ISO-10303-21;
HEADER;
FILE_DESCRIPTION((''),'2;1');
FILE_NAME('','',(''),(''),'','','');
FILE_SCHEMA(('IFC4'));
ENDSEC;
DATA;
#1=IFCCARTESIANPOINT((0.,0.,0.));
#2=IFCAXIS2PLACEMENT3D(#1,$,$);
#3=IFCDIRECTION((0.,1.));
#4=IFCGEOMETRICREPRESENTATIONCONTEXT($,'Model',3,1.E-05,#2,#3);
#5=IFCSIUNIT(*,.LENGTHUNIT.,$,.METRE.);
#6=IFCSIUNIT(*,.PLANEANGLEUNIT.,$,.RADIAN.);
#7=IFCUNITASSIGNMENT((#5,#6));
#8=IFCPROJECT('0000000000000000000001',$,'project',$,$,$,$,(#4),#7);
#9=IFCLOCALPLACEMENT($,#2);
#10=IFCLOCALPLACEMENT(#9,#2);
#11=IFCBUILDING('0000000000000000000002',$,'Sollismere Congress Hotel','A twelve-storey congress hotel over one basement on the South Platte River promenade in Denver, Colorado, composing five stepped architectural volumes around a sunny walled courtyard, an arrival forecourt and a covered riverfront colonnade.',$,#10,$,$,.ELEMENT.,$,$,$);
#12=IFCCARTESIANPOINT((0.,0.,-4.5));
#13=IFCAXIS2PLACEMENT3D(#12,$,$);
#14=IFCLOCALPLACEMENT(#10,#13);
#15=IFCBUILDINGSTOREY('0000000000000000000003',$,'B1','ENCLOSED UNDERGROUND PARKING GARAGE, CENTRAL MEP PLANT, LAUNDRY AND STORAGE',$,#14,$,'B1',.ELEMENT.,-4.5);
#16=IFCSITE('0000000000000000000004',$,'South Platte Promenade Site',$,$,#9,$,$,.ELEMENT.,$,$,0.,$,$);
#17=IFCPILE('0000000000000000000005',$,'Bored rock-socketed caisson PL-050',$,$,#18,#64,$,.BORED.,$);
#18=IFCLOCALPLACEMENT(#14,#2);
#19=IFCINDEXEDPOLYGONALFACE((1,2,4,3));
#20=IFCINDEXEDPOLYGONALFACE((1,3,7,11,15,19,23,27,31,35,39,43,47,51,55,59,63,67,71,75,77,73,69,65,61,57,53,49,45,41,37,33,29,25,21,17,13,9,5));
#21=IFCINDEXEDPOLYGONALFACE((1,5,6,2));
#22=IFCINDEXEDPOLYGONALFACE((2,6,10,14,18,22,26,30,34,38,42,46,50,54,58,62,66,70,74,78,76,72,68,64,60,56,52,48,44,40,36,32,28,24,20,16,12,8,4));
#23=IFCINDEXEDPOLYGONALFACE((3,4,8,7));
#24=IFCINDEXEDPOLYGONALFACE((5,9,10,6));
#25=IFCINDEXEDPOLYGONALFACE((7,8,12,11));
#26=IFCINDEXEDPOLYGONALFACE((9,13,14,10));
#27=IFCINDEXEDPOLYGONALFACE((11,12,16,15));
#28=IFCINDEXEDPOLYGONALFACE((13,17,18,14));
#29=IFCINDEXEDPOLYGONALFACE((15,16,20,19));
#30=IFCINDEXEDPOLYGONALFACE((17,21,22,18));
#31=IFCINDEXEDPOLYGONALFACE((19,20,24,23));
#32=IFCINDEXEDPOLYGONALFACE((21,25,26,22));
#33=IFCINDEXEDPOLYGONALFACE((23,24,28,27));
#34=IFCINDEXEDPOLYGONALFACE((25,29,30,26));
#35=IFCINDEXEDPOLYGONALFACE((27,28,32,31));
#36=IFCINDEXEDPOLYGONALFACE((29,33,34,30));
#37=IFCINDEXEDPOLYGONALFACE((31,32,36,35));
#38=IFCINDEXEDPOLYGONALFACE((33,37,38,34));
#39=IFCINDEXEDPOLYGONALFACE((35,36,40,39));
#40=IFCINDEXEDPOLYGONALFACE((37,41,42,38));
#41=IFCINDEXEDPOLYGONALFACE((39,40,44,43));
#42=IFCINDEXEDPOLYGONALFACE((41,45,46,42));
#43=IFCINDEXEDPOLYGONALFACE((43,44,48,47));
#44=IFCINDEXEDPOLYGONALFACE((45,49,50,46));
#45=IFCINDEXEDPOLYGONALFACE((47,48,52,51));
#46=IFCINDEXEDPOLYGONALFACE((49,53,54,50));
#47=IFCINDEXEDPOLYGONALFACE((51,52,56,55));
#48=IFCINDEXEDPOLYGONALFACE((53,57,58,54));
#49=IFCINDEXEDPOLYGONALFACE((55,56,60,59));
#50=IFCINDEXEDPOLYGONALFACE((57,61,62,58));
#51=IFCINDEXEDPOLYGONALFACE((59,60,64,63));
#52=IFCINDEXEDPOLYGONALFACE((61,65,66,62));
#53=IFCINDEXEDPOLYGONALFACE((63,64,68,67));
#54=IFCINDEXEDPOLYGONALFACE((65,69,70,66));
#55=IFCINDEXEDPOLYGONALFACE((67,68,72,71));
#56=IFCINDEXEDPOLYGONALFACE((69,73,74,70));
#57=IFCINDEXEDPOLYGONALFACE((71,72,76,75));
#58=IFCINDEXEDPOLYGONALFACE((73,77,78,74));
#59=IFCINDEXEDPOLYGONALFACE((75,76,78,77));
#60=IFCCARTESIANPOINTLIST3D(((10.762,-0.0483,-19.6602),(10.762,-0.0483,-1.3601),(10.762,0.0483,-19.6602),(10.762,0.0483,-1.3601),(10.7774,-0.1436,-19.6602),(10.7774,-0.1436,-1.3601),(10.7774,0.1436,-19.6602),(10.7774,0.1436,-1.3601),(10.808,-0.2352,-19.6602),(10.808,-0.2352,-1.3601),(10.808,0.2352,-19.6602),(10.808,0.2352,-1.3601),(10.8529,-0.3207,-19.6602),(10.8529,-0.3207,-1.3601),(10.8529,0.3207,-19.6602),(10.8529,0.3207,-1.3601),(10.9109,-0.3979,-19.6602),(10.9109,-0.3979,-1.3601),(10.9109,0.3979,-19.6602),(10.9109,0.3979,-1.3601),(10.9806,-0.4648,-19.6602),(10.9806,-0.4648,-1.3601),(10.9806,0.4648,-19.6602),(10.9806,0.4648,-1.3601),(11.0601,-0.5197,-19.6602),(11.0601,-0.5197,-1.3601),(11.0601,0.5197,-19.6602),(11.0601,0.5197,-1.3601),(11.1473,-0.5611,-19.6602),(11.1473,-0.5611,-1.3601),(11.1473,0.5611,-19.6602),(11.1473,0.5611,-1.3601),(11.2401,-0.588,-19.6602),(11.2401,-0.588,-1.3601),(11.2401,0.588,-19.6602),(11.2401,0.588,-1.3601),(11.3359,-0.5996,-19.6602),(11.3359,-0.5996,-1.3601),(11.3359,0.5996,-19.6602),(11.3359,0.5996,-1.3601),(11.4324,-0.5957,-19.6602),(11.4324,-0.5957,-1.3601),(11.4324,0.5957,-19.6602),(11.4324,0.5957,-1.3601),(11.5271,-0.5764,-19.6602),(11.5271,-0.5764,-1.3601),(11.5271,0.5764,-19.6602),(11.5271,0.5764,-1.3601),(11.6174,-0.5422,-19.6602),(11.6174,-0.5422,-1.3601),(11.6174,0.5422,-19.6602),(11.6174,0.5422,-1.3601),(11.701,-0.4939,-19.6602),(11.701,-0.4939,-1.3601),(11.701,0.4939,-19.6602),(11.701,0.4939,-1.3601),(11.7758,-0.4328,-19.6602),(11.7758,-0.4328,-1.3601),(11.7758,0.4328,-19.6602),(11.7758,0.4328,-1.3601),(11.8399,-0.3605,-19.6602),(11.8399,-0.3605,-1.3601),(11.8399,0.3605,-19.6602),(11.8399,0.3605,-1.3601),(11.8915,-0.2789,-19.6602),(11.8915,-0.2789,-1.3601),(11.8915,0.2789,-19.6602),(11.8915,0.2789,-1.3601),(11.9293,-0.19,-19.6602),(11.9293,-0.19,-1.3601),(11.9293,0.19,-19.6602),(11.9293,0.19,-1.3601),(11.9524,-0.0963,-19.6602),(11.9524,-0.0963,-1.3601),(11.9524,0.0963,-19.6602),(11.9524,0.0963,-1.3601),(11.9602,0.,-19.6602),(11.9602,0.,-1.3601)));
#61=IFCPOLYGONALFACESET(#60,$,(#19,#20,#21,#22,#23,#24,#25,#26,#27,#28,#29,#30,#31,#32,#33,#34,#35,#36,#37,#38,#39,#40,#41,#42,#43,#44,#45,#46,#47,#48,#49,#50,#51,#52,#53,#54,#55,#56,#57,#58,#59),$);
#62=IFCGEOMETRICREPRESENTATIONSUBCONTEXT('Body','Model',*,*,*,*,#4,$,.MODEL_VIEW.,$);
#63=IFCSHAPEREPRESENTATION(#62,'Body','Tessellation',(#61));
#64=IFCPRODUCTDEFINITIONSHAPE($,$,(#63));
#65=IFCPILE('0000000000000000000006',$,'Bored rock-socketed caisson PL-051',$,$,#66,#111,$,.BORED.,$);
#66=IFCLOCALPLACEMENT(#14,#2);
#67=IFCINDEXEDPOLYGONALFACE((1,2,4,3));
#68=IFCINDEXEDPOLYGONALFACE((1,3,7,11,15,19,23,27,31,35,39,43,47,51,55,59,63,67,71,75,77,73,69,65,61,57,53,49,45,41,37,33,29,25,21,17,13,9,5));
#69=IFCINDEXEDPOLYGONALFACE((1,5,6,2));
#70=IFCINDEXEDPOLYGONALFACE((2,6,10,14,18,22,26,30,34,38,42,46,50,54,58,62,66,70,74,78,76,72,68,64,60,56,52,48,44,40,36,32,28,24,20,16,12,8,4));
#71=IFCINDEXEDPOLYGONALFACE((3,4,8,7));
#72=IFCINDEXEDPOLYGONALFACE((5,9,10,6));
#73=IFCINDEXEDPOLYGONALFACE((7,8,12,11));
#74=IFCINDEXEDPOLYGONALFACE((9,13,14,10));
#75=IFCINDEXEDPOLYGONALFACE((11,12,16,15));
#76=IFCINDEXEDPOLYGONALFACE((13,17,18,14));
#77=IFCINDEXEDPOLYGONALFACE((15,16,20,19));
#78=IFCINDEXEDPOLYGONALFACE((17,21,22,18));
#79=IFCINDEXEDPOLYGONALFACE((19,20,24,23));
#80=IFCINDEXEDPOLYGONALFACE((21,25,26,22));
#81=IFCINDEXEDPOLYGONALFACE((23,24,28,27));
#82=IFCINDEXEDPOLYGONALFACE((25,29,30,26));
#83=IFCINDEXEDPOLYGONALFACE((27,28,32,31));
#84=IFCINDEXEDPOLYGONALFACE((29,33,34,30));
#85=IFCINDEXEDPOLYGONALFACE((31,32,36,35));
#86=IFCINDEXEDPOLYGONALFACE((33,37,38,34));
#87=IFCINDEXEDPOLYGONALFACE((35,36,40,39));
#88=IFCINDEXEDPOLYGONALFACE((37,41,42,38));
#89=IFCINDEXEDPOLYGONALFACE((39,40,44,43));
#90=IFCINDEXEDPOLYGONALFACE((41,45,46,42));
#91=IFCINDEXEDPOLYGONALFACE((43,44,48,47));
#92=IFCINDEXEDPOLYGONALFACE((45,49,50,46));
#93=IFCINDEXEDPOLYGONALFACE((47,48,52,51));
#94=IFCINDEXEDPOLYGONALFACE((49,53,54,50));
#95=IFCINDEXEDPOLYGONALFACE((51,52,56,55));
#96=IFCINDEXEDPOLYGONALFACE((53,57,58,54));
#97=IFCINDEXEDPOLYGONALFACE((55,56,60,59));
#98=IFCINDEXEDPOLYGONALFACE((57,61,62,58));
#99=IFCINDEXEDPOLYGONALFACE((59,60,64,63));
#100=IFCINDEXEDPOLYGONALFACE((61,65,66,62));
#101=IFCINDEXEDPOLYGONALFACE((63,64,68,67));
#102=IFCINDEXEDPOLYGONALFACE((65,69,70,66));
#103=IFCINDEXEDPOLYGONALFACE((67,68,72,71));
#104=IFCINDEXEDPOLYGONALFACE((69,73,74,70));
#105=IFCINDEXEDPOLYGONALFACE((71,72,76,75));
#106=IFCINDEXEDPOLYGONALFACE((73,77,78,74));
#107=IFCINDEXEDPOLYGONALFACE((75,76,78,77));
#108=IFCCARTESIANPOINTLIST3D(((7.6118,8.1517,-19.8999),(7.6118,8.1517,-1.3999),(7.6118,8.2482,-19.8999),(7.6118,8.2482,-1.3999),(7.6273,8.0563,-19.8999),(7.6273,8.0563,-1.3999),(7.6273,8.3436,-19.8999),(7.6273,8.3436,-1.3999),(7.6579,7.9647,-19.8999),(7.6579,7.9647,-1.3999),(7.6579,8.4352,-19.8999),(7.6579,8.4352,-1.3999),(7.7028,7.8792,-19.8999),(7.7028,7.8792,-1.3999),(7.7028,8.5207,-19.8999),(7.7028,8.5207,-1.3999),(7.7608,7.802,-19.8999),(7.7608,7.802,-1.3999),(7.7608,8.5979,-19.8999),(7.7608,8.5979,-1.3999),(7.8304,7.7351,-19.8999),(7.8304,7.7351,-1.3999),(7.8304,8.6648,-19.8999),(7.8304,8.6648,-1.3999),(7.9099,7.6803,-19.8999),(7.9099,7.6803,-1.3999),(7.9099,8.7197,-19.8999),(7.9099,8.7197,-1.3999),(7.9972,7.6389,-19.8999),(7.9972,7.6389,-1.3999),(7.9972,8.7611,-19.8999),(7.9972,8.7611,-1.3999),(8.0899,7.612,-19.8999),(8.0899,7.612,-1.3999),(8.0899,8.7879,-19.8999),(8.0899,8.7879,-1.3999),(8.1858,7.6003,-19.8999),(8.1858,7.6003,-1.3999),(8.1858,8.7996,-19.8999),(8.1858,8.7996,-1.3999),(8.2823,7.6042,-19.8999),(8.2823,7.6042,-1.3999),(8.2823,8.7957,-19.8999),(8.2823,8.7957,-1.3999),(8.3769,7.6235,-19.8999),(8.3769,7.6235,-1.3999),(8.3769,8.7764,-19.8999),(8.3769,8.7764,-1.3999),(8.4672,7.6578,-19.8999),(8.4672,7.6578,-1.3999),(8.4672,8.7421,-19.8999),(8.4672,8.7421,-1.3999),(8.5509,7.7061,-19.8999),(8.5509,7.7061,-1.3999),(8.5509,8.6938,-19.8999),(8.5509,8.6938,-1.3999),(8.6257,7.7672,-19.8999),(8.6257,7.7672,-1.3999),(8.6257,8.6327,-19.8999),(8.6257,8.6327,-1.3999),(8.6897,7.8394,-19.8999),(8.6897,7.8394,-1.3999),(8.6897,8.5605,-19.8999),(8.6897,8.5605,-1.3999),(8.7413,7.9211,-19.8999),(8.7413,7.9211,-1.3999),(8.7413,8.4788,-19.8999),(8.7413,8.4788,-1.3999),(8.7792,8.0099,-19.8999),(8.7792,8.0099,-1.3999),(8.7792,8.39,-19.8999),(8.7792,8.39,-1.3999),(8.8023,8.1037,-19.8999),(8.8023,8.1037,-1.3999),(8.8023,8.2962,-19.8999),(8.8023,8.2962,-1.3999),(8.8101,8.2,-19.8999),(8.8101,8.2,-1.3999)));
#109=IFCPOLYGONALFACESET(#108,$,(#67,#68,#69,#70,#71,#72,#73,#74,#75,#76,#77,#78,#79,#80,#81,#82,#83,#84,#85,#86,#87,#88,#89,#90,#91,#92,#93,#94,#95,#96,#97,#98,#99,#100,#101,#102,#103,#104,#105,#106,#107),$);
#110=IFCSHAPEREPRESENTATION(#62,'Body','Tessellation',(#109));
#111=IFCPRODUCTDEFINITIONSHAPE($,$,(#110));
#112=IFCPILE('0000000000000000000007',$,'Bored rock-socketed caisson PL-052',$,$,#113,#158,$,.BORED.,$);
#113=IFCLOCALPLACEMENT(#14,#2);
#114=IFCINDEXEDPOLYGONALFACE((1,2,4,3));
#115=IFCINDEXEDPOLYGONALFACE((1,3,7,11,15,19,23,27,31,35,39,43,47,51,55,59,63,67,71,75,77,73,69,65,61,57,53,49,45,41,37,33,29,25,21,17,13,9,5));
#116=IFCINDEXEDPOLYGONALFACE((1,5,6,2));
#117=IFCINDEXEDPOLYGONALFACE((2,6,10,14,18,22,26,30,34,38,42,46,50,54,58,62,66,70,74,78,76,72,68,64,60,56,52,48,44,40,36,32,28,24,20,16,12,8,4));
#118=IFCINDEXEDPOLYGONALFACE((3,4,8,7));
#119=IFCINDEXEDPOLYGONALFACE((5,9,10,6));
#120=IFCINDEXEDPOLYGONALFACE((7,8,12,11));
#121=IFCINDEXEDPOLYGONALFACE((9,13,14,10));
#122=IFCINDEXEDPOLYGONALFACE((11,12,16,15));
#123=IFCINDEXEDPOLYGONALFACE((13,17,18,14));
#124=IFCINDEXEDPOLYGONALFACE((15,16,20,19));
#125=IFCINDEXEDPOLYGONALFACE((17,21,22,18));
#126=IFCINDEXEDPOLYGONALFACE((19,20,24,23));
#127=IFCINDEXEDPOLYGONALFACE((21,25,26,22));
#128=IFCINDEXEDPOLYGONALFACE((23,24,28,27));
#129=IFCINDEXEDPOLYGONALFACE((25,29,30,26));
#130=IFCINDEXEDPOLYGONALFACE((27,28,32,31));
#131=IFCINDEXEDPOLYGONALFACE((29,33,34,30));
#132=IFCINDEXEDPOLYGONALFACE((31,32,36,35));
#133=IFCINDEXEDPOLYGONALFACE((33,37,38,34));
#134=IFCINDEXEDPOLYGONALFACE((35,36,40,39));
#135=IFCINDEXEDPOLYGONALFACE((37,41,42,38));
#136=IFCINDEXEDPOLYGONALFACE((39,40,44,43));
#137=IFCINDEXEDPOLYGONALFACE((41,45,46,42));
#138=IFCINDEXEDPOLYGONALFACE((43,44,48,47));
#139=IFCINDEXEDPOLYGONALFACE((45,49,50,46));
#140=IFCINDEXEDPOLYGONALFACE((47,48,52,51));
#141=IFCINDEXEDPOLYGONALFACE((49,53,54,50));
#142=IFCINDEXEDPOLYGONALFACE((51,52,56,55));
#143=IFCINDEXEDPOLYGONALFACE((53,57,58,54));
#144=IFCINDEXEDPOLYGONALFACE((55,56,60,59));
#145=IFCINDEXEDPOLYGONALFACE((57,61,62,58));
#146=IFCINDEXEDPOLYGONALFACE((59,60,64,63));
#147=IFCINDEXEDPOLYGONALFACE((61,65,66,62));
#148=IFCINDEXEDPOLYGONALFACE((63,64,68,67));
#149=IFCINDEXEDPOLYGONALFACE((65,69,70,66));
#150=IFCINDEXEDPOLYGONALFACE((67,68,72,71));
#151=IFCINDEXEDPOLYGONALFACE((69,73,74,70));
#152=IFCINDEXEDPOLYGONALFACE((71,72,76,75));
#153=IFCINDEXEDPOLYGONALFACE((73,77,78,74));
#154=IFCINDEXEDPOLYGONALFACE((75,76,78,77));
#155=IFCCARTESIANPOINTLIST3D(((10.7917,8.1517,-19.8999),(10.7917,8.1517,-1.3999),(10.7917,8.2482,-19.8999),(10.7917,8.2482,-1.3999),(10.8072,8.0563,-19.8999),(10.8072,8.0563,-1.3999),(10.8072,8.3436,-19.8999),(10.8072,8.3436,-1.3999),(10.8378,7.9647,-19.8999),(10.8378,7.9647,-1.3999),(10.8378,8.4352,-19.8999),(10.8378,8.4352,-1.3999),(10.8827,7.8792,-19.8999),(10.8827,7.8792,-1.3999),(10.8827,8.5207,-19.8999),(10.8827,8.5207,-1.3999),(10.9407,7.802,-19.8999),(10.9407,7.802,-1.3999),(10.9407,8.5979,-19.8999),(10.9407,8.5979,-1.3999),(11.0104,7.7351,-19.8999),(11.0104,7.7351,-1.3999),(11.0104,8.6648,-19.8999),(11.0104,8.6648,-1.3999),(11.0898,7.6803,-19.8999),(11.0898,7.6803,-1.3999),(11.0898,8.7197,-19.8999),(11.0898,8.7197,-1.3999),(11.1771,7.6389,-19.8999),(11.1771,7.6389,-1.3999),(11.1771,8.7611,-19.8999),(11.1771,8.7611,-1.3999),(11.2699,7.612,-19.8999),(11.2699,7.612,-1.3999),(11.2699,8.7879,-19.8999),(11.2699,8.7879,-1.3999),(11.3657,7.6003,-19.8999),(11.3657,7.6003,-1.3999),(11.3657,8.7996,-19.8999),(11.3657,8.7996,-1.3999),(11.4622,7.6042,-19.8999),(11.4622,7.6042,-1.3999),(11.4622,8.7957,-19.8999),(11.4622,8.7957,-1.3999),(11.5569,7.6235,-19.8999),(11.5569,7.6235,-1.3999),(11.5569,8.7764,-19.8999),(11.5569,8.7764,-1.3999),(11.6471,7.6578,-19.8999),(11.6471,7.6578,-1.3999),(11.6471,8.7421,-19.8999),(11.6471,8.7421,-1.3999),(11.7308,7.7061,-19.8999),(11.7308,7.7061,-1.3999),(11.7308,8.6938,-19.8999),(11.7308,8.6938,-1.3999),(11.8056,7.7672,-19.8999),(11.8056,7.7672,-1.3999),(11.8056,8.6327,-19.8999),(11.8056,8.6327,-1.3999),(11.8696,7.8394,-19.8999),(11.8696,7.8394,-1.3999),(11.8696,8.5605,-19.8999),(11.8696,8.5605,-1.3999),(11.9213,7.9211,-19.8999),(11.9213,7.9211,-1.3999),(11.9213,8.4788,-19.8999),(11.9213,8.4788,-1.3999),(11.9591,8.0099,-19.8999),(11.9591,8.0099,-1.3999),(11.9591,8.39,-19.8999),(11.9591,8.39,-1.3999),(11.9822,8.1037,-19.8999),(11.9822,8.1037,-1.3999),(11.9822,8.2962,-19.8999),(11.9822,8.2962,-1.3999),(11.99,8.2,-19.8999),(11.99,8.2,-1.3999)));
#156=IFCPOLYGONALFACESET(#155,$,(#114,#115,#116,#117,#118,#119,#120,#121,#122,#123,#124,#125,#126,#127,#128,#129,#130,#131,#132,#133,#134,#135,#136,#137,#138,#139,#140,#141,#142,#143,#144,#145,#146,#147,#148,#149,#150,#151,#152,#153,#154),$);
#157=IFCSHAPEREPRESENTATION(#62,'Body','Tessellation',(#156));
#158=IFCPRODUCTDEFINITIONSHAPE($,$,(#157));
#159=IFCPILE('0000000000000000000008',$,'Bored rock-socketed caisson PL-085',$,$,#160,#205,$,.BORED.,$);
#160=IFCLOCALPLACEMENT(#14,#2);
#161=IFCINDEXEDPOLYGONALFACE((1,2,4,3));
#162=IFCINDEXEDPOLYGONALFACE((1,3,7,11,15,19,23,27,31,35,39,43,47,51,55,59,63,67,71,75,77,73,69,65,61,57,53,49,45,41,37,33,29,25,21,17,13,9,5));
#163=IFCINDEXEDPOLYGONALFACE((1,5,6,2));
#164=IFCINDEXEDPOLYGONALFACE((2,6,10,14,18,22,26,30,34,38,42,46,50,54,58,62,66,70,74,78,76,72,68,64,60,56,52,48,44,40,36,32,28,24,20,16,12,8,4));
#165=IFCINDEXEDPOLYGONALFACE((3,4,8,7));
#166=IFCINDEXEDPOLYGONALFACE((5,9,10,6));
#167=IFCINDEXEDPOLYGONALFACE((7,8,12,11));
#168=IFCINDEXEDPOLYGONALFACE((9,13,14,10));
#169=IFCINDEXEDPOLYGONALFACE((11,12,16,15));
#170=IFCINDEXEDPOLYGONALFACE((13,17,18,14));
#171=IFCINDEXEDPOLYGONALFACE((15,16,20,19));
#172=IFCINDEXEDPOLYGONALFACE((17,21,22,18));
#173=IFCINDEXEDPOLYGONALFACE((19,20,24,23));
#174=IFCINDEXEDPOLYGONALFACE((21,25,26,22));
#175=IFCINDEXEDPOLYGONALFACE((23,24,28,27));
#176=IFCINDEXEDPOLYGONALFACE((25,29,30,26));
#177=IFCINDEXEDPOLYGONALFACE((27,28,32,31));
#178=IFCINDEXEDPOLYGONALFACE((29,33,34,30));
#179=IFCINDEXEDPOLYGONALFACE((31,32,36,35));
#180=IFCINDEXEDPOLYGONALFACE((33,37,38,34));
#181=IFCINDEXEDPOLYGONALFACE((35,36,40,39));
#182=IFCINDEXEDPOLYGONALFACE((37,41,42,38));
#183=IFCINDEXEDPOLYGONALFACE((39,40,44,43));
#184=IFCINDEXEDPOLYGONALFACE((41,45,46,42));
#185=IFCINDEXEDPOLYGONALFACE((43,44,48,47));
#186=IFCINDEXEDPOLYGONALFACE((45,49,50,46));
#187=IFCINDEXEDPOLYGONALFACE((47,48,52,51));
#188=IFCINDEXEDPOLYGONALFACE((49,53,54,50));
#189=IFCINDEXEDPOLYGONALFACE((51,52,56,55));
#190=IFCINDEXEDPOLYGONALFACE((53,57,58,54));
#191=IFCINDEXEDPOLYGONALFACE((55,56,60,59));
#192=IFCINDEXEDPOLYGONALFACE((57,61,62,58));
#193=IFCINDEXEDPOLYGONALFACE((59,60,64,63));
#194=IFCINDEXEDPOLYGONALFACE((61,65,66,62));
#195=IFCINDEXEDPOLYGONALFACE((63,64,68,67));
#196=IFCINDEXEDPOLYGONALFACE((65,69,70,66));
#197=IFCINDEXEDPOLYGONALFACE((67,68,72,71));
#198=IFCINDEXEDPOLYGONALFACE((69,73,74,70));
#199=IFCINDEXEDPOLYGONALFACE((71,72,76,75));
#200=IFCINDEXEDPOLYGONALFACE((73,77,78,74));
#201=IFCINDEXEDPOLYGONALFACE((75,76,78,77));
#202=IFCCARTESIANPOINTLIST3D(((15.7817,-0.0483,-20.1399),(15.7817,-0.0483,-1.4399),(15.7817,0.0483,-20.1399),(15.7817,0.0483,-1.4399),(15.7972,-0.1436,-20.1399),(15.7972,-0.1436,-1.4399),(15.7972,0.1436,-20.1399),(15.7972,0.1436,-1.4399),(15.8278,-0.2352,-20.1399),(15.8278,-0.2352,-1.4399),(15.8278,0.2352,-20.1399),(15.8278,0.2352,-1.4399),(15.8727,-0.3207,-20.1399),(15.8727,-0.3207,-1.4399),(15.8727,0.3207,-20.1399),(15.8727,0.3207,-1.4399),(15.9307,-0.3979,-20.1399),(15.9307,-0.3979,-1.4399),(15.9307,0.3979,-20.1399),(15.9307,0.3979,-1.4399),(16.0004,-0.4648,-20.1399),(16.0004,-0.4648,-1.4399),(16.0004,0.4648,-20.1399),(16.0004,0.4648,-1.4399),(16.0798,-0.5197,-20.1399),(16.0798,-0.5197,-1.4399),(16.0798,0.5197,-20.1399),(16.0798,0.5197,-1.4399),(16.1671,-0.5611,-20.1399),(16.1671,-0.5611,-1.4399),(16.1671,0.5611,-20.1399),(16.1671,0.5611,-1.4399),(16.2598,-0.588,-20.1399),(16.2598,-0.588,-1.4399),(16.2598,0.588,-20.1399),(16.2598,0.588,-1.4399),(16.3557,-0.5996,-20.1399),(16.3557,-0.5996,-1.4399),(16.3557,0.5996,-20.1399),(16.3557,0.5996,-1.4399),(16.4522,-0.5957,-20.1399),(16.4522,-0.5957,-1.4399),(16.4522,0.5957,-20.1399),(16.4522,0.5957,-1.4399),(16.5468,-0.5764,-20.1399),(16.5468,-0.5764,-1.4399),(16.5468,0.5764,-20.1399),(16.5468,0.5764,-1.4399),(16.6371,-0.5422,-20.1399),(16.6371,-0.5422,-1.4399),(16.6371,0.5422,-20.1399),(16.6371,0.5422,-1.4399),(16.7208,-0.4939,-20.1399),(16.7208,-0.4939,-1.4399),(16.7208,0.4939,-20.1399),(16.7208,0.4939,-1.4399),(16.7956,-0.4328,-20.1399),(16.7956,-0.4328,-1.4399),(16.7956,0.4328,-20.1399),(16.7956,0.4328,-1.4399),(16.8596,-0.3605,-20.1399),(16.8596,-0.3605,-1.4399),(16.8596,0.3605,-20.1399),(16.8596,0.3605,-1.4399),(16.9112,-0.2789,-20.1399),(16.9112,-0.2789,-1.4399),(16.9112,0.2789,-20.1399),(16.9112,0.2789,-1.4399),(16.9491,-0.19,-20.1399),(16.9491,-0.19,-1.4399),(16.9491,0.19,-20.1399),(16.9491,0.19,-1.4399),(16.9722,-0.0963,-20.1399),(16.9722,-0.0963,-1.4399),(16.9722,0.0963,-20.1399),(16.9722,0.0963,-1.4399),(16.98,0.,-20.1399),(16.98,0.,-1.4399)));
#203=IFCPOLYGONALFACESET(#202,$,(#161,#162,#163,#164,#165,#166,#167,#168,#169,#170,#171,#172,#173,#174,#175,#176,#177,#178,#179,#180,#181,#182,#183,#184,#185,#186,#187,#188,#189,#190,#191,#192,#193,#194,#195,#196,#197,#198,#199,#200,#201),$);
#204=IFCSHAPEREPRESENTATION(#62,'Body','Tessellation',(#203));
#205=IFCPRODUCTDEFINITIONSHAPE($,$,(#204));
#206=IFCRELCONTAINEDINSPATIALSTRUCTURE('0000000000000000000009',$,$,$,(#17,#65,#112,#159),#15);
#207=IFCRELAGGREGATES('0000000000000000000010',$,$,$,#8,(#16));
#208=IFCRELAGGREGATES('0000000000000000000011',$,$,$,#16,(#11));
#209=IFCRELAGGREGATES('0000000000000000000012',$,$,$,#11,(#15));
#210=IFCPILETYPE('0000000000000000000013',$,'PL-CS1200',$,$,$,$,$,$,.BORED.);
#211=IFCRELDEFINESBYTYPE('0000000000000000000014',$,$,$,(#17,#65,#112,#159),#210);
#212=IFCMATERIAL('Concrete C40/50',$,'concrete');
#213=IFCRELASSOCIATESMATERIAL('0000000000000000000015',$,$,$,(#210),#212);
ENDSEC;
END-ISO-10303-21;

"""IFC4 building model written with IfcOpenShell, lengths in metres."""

from ifc_helpers import new_model, si_unit, direction, frame, origin, origin_2d, place, context, subcontext, project, spatial, circle, extrude, material, material_profile, profile_set, type_object, element, save


model = new_model("IFC4")

# Units and contexts
model_context = context("Model", 3, precision=1e-05, world=origin(), true_north=direction((0.0, 1.0)))
body_context = subcontext(model_context, "Body", "Model", "MODEL_VIEW")
ifc_project = project(units=[si_unit("LENGTHUNIT", "METRE"), si_unit("PLANEANGLEUNIT", "RADIAN")], contexts=[model_context])

# Site, building, storey
site_placement = place(None, origin())
site = spatial("IfcSite", under=ifc_project, at=site_placement, Name="South Platte Promenade Site", CompositionType="ELEMENT", RefElevation=0.0)
building_placement = place(site_placement, origin())
building = spatial("IfcBuilding", under=site, at=building_placement, Name="Sollismere Congress Hotel", Description="A twelve-storey congress hotel over one basement on the South Platte River promenade in Denver, Colorado, composing five stepped architectural volumes around a sunny walled courtyard, an arrival forecourt and a covered riverfront colonnade.", CompositionType="ELEMENT")
storey_placement = place(building_placement, frame((0.0, 0.0, -4.5)))
storey = spatial("IfcBuildingStorey", under=building, at=storey_placement, Name="B1", Description="ENCLOSED UNDERGROUND PARKING GARAGE, CENTRAL MEP PLANT, LAUNDRY AND STORAGE", LongName="B1", CompositionType="ELEMENT", Elevation=-4.5)

# Shared definitions
ifc_material_1 = material(Name="Concrete C40/50", Category="concrete")

# Piles
ifc_material_profile_1 = material_profile(ifc_material_1, circle(Radius=0.6001, at=origin_2d()), Name="CAISSON1200")
ifc_profile_set_1 = profile_set([ifc_material_profile_1], Name="Concrete C40/50")
pile_type = type_object("IfcPileType", Name="PL-CS1200", PredefinedType="BORED", material=ifc_profile_set_1)
for number, where, z_axis, x_axis, name in (
    (1, (11.3601, 0.0, -1.3601), (0.0, 0.0, -1.0), (1.0, 0.0, 0.0), "Bored rock-socketed caisson PL-050"),
):
    element("IfcPile", number, at=place(storey_placement, frame(where, z_axis=z_axis, x_axis=x_axis)), inside=storey, type_object=pile_type, Name=name, PredefinedType="BORED", context=body_context, shape_type="SweptSolid", body=[
        extrude(circle(Radius=0.6001, at=origin_2d()), origin(), (0.0, 0.0, 1.0), 18.3),
    ])
for number, where, z_axis, x_axis, name in (
    (2, (8.21, 8.2, -1.3999), (0.0, 0.0, -1.0), (1.0, 0.0, 0.0), "Bored rock-socketed caisson PL-051"),
    (3, (11.3899, 8.2, -1.3999), (0.0, 0.0, -1.0), (1.0, 0.0, 0.0), "Bored rock-socketed caisson PL-052"),
):
    element("IfcPile", number, at=place(storey_placement, frame(where, z_axis=z_axis, x_axis=x_axis)), inside=storey, type_object=pile_type, Name=name, PredefinedType="BORED", context=body_context, shape_type="SweptSolid", body=[
        extrude(circle(Radius=0.6001, at=origin_2d()), origin(), (0.0, 0.0, 1.0), 18.5),
    ])
pile_1_placement = place(storey_placement, frame((16.3799, 0.0, -1.4399), z_axis=(0.0, 0.0, -1.0), x_axis=(1.0, 0.0, 0.0)))
element("IfcPile", 4, at=pile_1_placement, inside=storey, type_object=pile_type, Name="Bored rock-socketed caisson PL-085", PredefinedType="BORED", context=body_context, shape_type="SweptSolid", body=[
    extrude(circle(Radius=0.6001, at=origin_2d()), origin(), (0.0, 0.0, 1.0), 18.7),
])

save(model, "model.ifc")
